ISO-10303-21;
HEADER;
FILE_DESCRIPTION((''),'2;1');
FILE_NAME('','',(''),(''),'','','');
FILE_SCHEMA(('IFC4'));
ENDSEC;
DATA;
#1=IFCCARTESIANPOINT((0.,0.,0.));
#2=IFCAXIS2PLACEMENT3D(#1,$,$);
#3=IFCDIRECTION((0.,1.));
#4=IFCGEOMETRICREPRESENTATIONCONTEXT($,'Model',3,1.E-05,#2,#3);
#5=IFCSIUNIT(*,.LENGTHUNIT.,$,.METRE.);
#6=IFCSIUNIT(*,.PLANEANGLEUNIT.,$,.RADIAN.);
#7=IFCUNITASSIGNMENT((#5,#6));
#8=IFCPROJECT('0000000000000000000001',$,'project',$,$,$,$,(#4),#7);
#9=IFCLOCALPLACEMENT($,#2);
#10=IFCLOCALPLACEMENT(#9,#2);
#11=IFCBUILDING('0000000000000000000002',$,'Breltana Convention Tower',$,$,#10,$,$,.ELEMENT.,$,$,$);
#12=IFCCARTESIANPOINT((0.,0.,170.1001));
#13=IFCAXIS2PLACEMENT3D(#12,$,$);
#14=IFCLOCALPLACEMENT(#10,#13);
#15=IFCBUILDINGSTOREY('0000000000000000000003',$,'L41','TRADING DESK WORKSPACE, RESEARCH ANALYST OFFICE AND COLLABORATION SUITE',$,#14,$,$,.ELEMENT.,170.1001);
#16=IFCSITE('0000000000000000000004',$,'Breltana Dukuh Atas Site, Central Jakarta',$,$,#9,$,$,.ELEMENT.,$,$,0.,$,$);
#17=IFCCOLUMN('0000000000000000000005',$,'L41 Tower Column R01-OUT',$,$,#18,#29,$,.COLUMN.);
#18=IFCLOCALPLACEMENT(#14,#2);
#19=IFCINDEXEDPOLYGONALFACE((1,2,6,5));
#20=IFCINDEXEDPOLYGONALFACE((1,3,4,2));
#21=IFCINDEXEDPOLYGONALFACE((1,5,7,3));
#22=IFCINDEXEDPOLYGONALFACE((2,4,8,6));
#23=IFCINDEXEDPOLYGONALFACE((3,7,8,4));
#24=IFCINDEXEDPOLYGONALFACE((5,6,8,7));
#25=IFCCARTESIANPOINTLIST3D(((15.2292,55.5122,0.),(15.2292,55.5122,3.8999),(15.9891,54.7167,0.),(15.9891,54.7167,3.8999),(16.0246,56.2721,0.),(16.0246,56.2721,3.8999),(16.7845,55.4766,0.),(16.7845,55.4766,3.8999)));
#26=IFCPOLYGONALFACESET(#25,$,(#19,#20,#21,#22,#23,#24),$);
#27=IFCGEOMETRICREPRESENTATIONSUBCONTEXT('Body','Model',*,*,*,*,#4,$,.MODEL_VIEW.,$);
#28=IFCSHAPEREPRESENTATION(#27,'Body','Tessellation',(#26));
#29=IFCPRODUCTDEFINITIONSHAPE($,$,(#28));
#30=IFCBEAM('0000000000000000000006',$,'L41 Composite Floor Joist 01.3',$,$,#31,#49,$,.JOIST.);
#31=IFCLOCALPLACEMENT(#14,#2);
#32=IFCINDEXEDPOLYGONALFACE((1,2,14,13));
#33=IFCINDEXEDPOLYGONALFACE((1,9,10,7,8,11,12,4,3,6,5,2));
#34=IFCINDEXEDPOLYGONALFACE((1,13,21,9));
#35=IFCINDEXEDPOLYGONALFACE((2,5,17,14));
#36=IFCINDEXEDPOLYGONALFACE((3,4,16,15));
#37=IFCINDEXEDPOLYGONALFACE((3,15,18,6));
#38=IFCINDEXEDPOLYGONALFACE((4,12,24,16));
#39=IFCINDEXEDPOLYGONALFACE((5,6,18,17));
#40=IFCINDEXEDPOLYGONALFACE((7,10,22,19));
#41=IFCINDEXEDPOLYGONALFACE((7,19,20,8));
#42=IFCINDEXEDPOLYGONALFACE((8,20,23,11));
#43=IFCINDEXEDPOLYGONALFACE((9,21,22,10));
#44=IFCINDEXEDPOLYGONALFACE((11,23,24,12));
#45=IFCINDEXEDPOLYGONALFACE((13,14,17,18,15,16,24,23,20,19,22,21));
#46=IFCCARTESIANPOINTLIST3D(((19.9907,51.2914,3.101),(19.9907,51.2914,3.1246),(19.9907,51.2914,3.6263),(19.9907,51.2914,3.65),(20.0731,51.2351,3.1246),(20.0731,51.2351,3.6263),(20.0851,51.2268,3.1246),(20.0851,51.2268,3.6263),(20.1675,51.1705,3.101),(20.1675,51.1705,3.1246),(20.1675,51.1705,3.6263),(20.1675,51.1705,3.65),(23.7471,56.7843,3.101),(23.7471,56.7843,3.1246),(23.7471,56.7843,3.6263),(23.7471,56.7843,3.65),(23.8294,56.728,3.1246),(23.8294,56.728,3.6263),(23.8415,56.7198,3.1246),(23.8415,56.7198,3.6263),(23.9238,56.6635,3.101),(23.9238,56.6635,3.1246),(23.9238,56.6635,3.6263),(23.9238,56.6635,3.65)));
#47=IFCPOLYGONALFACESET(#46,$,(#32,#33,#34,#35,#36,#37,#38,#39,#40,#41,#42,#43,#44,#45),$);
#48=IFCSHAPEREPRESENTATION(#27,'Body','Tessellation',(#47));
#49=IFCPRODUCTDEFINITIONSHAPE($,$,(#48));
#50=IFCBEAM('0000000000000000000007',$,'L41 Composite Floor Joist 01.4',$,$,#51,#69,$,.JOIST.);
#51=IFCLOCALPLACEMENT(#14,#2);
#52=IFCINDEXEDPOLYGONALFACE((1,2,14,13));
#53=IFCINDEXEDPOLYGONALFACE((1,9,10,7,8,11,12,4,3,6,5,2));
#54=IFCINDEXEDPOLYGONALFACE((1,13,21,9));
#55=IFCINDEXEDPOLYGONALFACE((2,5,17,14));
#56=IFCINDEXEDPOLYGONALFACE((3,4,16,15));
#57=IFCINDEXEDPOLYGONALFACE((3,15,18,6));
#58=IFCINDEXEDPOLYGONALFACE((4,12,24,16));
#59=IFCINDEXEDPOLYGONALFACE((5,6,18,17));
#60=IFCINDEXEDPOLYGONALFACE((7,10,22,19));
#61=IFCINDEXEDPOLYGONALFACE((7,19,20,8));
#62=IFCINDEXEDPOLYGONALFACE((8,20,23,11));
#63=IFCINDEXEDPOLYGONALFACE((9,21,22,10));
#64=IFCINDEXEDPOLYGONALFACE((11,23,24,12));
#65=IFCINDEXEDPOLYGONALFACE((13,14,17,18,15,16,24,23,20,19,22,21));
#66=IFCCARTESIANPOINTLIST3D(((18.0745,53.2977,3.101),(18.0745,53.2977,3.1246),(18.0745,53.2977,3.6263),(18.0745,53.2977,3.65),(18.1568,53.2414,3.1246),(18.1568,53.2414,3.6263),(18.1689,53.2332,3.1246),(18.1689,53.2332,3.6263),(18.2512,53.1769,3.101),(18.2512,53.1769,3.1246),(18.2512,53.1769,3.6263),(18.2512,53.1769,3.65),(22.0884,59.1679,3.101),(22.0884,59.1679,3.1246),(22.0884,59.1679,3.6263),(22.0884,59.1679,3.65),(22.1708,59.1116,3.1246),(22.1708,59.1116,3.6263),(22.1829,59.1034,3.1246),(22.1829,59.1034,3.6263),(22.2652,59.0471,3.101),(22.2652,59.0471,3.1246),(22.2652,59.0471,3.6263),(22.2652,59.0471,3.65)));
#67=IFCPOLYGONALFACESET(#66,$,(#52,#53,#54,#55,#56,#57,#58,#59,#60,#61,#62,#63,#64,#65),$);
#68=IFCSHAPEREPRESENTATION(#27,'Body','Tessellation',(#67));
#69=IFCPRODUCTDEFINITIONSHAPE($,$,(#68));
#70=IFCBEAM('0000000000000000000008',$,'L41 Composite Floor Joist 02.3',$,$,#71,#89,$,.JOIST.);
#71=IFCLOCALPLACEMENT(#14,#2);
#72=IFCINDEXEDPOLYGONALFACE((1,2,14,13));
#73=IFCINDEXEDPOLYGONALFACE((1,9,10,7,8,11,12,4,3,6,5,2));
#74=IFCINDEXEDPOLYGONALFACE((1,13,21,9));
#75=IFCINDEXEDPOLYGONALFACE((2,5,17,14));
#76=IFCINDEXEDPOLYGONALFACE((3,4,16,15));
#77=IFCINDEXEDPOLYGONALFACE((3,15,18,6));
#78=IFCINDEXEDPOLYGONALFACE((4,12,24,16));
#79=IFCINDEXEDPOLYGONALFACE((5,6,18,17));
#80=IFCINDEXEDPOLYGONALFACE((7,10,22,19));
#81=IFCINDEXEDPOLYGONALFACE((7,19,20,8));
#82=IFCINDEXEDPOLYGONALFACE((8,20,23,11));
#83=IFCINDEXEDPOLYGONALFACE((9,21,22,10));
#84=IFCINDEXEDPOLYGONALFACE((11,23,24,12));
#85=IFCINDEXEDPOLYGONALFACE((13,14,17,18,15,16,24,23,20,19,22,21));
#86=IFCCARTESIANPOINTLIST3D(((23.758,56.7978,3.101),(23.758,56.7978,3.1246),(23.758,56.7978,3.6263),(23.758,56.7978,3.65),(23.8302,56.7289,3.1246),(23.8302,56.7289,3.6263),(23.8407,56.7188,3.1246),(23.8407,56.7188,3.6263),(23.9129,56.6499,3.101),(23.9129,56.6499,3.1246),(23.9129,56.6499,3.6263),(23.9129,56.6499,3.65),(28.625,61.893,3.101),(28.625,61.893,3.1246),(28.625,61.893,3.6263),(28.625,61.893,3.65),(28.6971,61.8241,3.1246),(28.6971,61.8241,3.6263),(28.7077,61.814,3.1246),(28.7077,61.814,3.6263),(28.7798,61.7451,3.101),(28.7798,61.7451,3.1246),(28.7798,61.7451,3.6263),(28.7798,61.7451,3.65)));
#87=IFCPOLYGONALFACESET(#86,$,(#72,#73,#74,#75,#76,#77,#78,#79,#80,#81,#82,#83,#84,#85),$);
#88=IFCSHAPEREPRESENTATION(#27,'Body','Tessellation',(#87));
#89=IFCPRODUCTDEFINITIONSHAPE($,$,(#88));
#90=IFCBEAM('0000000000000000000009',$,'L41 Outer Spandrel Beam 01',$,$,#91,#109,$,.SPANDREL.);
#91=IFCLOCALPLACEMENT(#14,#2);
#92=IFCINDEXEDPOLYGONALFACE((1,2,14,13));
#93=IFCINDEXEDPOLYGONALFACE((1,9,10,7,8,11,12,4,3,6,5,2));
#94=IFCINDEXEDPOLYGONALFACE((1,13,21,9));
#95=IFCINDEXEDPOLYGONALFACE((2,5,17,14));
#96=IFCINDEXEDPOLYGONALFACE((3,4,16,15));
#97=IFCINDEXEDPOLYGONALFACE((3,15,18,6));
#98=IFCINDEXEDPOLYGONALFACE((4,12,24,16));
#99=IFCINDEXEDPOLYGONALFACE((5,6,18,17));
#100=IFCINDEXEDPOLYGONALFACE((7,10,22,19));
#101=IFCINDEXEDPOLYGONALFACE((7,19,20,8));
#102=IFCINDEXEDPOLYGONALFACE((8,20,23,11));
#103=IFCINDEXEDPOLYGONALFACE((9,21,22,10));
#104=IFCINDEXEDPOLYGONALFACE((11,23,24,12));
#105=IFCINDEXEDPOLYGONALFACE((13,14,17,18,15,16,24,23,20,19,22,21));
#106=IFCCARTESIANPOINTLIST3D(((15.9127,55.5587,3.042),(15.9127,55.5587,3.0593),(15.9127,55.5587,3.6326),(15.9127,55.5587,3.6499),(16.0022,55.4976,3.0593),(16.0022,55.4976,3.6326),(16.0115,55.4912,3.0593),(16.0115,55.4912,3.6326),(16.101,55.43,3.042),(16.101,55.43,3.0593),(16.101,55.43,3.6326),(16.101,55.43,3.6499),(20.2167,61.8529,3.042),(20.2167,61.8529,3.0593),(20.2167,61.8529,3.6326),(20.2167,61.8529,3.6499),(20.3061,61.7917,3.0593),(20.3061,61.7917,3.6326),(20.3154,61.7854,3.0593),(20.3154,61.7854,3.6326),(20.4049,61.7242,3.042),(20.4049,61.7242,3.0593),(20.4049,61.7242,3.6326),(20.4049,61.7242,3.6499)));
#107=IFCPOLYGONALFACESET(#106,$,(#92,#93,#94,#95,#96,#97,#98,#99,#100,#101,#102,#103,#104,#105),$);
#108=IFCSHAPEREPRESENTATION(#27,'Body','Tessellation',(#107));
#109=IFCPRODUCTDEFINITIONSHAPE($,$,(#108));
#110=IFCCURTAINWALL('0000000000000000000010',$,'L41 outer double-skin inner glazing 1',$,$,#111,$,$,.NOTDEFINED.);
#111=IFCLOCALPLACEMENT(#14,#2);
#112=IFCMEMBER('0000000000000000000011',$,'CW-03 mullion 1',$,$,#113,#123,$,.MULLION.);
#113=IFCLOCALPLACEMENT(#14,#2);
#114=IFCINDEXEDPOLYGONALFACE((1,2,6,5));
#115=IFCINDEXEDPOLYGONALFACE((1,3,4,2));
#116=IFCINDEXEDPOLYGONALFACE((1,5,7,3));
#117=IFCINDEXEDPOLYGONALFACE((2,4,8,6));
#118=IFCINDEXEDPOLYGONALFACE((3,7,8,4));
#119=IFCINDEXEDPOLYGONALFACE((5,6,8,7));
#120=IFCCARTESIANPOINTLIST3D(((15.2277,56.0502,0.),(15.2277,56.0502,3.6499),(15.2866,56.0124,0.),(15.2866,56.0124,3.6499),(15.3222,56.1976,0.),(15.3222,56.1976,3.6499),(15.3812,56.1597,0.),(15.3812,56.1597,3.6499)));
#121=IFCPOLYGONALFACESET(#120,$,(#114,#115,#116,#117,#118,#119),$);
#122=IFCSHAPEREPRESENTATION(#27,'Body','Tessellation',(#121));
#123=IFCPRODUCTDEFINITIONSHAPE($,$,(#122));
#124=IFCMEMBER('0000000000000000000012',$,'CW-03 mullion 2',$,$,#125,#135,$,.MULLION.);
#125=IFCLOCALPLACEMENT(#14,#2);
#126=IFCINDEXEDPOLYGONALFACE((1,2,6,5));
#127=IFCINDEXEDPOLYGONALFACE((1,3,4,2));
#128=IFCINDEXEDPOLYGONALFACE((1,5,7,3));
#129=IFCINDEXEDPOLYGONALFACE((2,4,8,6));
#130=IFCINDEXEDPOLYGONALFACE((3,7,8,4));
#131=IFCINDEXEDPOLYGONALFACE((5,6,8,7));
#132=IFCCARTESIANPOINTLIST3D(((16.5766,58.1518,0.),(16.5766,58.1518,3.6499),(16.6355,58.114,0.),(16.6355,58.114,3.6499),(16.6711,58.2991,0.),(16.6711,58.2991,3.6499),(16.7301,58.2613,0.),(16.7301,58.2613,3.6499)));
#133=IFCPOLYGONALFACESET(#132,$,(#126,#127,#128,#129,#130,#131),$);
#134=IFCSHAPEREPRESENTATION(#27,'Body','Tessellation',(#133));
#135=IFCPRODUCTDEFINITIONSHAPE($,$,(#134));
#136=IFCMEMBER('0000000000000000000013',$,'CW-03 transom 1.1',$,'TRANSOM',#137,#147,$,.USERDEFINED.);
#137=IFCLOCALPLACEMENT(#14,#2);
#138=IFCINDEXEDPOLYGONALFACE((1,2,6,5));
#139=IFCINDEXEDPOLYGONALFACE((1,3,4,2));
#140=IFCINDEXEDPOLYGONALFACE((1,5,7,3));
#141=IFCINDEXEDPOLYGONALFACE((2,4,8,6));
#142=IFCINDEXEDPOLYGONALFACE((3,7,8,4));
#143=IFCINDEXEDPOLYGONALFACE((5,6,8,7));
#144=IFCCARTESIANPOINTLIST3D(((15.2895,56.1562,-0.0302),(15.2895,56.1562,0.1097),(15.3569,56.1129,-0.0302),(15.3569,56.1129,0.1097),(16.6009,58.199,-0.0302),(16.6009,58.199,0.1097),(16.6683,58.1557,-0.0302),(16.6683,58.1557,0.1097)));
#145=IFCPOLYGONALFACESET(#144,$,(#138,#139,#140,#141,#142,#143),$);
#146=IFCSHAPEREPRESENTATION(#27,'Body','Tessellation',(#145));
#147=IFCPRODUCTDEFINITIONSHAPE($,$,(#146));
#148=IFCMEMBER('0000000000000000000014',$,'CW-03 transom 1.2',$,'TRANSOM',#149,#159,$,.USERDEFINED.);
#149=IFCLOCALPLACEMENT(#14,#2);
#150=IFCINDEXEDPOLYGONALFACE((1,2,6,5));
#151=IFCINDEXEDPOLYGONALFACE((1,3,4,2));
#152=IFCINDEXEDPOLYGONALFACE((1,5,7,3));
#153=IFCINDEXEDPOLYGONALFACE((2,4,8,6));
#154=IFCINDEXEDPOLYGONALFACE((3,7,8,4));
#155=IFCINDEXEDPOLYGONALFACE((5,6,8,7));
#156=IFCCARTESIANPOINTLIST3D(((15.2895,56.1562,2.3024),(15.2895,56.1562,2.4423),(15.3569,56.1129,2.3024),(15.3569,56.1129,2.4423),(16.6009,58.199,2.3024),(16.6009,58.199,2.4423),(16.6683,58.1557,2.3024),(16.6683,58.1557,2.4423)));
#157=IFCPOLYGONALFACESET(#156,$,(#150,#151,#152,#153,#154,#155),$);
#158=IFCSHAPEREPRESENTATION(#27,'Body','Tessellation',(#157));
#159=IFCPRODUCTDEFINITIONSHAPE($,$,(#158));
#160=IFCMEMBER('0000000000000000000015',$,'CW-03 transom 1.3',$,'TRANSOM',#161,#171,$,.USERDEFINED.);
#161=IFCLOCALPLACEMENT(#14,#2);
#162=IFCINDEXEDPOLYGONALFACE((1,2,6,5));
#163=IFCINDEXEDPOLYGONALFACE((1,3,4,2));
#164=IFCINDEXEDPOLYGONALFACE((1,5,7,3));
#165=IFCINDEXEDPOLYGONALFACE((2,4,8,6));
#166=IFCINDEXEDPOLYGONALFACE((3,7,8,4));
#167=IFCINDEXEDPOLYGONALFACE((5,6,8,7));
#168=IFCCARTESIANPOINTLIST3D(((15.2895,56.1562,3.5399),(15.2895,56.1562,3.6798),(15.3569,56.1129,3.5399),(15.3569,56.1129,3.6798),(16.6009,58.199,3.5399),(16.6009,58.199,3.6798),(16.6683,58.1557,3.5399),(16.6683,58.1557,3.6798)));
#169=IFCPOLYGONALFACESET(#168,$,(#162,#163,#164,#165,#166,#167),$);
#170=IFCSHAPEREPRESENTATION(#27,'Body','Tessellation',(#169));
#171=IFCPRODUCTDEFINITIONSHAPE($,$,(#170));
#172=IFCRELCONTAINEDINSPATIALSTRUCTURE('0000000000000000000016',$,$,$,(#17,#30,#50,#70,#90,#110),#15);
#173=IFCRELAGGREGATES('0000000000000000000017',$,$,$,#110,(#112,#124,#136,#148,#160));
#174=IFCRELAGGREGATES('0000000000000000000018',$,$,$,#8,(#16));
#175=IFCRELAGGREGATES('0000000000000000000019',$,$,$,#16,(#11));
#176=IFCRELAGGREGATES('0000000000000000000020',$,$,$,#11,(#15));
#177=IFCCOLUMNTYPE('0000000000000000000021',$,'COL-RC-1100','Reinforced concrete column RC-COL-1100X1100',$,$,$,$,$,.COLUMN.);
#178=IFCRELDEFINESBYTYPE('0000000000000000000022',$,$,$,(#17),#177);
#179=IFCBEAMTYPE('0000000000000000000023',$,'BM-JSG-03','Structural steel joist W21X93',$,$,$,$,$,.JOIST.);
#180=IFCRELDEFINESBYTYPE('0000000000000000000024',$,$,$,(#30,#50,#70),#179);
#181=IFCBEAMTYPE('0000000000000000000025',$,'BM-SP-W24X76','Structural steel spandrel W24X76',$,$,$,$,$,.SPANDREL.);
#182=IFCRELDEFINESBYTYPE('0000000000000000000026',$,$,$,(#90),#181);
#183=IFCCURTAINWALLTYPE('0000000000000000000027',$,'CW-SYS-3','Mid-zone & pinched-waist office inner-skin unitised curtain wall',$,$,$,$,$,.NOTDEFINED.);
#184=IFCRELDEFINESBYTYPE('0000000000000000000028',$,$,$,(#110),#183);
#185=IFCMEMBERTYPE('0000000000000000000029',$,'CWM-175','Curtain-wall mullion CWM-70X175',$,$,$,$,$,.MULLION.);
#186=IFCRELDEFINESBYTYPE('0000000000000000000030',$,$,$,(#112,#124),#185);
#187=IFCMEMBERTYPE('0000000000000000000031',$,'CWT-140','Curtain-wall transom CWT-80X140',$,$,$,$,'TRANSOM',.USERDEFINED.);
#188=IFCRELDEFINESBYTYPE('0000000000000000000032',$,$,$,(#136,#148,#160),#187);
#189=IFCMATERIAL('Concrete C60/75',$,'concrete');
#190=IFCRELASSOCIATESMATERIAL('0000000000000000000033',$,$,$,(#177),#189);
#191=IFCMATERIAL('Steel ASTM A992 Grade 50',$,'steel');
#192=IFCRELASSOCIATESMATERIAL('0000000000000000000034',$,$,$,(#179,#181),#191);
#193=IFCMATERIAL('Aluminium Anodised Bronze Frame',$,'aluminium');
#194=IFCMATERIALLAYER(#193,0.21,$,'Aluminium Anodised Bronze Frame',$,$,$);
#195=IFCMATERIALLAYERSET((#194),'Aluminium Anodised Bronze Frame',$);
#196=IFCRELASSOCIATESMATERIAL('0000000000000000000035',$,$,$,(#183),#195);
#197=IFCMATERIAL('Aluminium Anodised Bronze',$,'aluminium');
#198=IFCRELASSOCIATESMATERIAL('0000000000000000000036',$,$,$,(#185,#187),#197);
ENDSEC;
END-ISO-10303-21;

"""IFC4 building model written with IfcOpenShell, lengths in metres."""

from ifc_helpers import new_model, si_unit, direction, frame, origin, origin_2d, place, context, subcontext, project, spatial, rectangle, i_section, extrude, source, transform, mapped, material, layer, layer_set, material_profile, profile_set, type_object, type_shapes, element, aggregate, save


model = new_model("IFC4")

# Units and contexts
model_context = context("Model", 3, precision=1e-05, world=origin(), true_north=direction((0.0, 1.0)))
body_context = subcontext(model_context, "Body", "Model", "MODEL_VIEW")
ifc_project = project(units=[si_unit("LENGTHUNIT", "METRE"), si_unit("PLANEANGLEUNIT", "RADIAN")], contexts=[model_context])

# Site, building, storey
site_placement = place(None, origin())
site = spatial("IfcSite", under=ifc_project, at=site_placement, Name="Breltana Dukuh Atas Site, Central Jakarta", CompositionType="ELEMENT", RefElevation=0.0)
building_placement = place(site_placement, origin())
building = spatial("IfcBuilding", under=site, at=building_placement, Name="Breltana Convention Tower", CompositionType="ELEMENT")
storey_placement = place(building_placement, frame((0.0, 0.0, 170.1001)))
storey = spatial("IfcBuildingStorey", under=building, at=storey_placement, Name="L41", Description="TRADING DESK WORKSPACE, RESEARCH ANALYST OFFICE AND COLLABORATION SUITE", CompositionType="ELEMENT", Elevation=170.1001)

# Column
ifc_material_1 = material(Name="Concrete C60/75", Category="concrete")
ifc_material_profile_1 = material_profile(ifc_material_1, rectangle(XDim=1.1001, YDim=1.1001, at=origin_2d()), Name="RC-COL-1100X1100")
ifc_profile_set_1 = profile_set([ifc_material_profile_1], Name="Concrete C60/75")
column_type = type_object("IfcColumnType", Name="COL-RC-1100", Description="Reinforced concrete column RC-COL-1100X1100", PredefinedType="COLUMN", material=ifc_profile_set_1)
shared_shape_1 = source(origin(), body_context, "Body", "SweptSolid", [
    extrude(rectangle(XDim=1.1001, YDim=1.1001, at=origin_2d()), origin(), (0.0, 0.0, 1.0), 3.8999),
])
column_placement = place(storey_placement, frame((16.0068, 55.4944, 0.0), z_axis=(0.0, 0.0, 1.0), x_axis=(-0.690756, 0.723088, 0.0)))
element("IfcColumn", 1, at=column_placement, inside=storey, type_object=column_type, Name="L41 Tower Column R01-OUT", PredefinedType="COLUMN", context=body_context, shape_type="MappedRepresentation", body=[
    mapped(shared_shape_1, transform((0.0, 0.0, 0.0), scale=1.0)),
])

# Beams
ifc_material_2 = material(Name="Steel ASTM A992 Grade 50", Category="steel")
ifc_material_profile_2 = material_profile(ifc_material_2, i_section(OverallWidth=0.2141, OverallDepth=0.5491, WebThickness=0.0146, FlangeThickness=0.0237, at=origin_2d()), Name="W21X93")
ifc_profile_set_2 = profile_set([ifc_material_profile_2], Name="Steel ASTM A992 Grade 50")
beam_type_1 = type_object("IfcBeamType", Name="BM-JSG-03", Description="Structural steel joist W21X93", PredefinedType="JOIST", material=ifc_profile_set_2)
shared_shape_2 = source(origin(), body_context, "Body", "SweptSolid", [
    extrude(i_section(OverallWidth=0.2141, OverallDepth=0.5491, WebThickness=0.0146, FlangeThickness=0.0237, at=origin_2d()), origin(), (0.0, 0.0, 1.0), 6.6545),
])
beam_1_placement = place(storey_placement, frame((20.0791, 51.231, 3.3755), z_axis=(0.564483, 0.825445, 0.0), x_axis=(-0.825445, 0.564483, 0.0)))
element("IfcBeam", 2, at=beam_1_placement, inside=storey, type_object=beam_type_1, Name="L41 Composite Floor Joist 01.3", PredefinedType="JOIST", context=body_context, shape_type="MappedRepresentation", body=[
    mapped(shared_shape_2, transform((0.0, 0.0, 0.0), scale=1.0)),
])
shared_shape_3 = source(origin(), body_context, "Body", "SweptSolid", [
    extrude(i_section(OverallWidth=0.2141, OverallDepth=0.5491, WebThickness=0.0146, FlangeThickness=0.0237, at=origin_2d()), origin(), (0.0, 0.0, 1.0), 7.1113),
])
beam_2_placement = place(storey_placement, frame((18.1628, 53.2373, 3.3755), z_axis=(0.564446, 0.82547, 0.0), x_axis=(-0.82547, 0.564446, 0.0)))
element("IfcBeam", 3, at=beam_2_placement, inside=storey, type_object=beam_type_1, Name="L41 Composite Floor Joist 01.4", PredefinedType="JOIST", context=body_context, shape_type="MappedRepresentation", body=[
    mapped(shared_shape_3, transform((0.0, 0.0, 0.0), scale=1.0)),
])
shared_shape_4 = source(origin(), body_context, "Body", "SweptSolid", [
    extrude(i_section(OverallWidth=0.2141, OverallDepth=0.5491, WebThickness=0.0146, FlangeThickness=0.0237, at=origin_2d()), origin(), (0.0, 0.0, 1.0), 7.0461),
])
beam_3_placement = place(storey_placement, frame((23.8354, 56.7239, 3.3755), z_axis=(0.690723, 0.72312, 0.0), x_axis=(-0.72312, 0.690723, 0.0)))
element("IfcBeam", 4, at=beam_3_placement, inside=storey, type_object=beam_type_1, Name="L41 Composite Floor Joist 02.3", PredefinedType="JOIST", context=body_context, shape_type="MappedRepresentation", body=[
    mapped(shared_shape_4, transform((0.0, 0.0, 0.0), scale=1.0)),
])
ifc_material_profile_3 = material_profile(ifc_material_2, i_section(OverallWidth=0.228, OverallDepth=0.6079, WebThickness=0.0112, FlangeThickness=0.0173, at=origin_2d()), Name="W24X76")
ifc_profile_set_3 = profile_set([ifc_material_profile_3], Name="Steel ASTM A992 Grade 50")
beam_type_2 = type_object("IfcBeamType", Name="BM-SP-W24X76", Description="Structural steel spandrel W24X76", PredefinedType="SPANDREL", material=ifc_profile_set_3)
shared_shape_5 = source(origin(), body_context, "Body", "SweptSolid", [
    extrude(i_section(OverallWidth=0.228, OverallDepth=0.6079, WebThickness=0.0112, FlangeThickness=0.0173, at=origin_2d()), origin(), (0.0, 0.0, 1.0), 7.625),
])
type_shapes(beam_type_2, [shared_shape_5])
beam_4_placement = place(storey_placement, frame((16.0068, 55.4944, 3.3459), z_axis=(0.564452, 0.825466, 0.0), x_axis=(-0.825466, 0.564452, 0.0)))
element("IfcBeam", 5, at=beam_4_placement, inside=storey, type_object=beam_type_2, Name="L41 Outer Spandrel Beam 01", PredefinedType="SPANDREL", context=body_context, shape_type="MappedRepresentation", body=[
    mapped(shared_shape_5, transform((0.0, 0.0, 0.0), scale=1.0)),
])

# Curtain wall, members
ifc_material_3 = material(Name="Aluminium Anodised Bronze Frame", Category="aluminium")
ifc_layer_1 = layer(ifc_material_3, 0.21, Name="Aluminium Anodised Bronze Frame")
ifc_layer_set_1 = layer_set([ifc_layer_1], Name="Aluminium Anodised Bronze Frame")
curtain_wall_type = type_object("IfcCurtainWallType", Name="CW-SYS-3", Description="Mid-zone & pinched-waist office inner-skin unitised curtain wall", PredefinedType="NOTDEFINED", material=ifc_layer_set_1)
curtain_wall_placement = place(storey_placement, origin())
curtain_wall = element("IfcCurtainWall", 6, at=curtain_wall_placement, inside=storey, type_object=curtain_wall_type, Name="L41 outer double-skin inner glazing 1", PredefinedType="NOTDEFINED")
ifc_material_4 = material(Name="Aluminium Anodised Bronze", Category="aluminium")
ifc_material_profile_4 = material_profile(ifc_material_4, rectangle(XDim=0.0701, YDim=0.175, at=origin_2d()), Name="CWM-70X175")
ifc_profile_set_4 = profile_set([ifc_material_profile_4], Name="Aluminium Anodised Bronze")
member_type_1 = type_object("IfcMemberType", Name="CWM-175", Description="Curtain-wall mullion CWM-70X175", PredefinedType="MULLION", material=ifc_profile_set_4)
shared_shape_6 = source(origin(), body_context, "Body", "SweptSolid", [
    extrude(rectangle(XDim=0.0701, YDim=0.175, at=origin_2d()), origin(), (0.0, 0.0, 1.0), 3.6499),
])
member_1_placement = place(storey_placement, frame((15.3044, 56.105, 0.0), z_axis=(0.0, 0.0, 1.0), x_axis=(-0.841554, 0.540173, 0.0)))
member_1 = element("IfcMember", 7, at=member_1_placement, type_object=member_type_1, Name="CW-03 mullion 1", PredefinedType="MULLION", context=body_context, shape_type="MappedRepresentation", body=[
    mapped(shared_shape_6, transform((0.0, 0.0, 0.0), scale=1.0)),
])
member_2_placement = place(storey_placement, frame((16.6533, 58.2065, 0.0), z_axis=(0.0, 0.0, 1.0), x_axis=(-0.841554, 0.540173, 0.0)))
member_2 = element("IfcMember", 8, at=member_2_placement, type_object=member_type_1, Name="CW-03 mullion 2", PredefinedType="MULLION", context=body_context, shape_type="MappedRepresentation", body=[
    mapped(shared_shape_6, transform((0.0, 0.0, 0.0), scale=1.0)),
])
ifc_material_profile_5 = material_profile(ifc_material_4, rectangle(XDim=0.0801, YDim=0.1399, at=origin_2d()), Name="CWT-80X140")
ifc_profile_set_5 = profile_set([ifc_material_profile_5], Name="Aluminium Anodised Bronze")
member_type_2 = type_object("IfcMemberType", Name="CWT-140", Description="Curtain-wall transom CWT-80X140", ElementType="TRANSOM", PredefinedType="USERDEFINED", material=ifc_profile_set_5)
shared_shape_7 = source(origin(), body_context, "Body", "SweptSolid", [
    extrude(rectangle(XDim=0.0801, YDim=0.1399, at=origin_2d()), origin(), (0.0, 0.0, 1.0), 2.4275),
])
member_3_placement = place(storey_placement, frame((15.3232, 56.1345, 0.0398), z_axis=(0.540203, 0.841534, 0.0), x_axis=(-0.841534, 0.540203, 0.0)))
member_3 = element("IfcMember", 9, at=member_3_placement, type_object=member_type_2, Name="CW-03 transom 1.1", ObjectType="TRANSOM", PredefinedType="USERDEFINED", context=body_context, shape_type="MappedRepresentation", body=[
    mapped(shared_shape_7, transform((0.0, 0.0, 0.0), scale=1.0)),
])
member_4_placement = place(storey_placement, frame((15.3232, 56.1345, 2.3723), z_axis=(0.540203, 0.841534, 0.0), x_axis=(-0.841534, 0.540203, 0.0)))
member_4 = element("IfcMember", 10, at=member_4_placement, type_object=member_type_2, Name="CW-03 transom 1.2", ObjectType="TRANSOM", PredefinedType="USERDEFINED", context=body_context, shape_type="MappedRepresentation", body=[
    mapped(shared_shape_7, transform((0.0, 0.0, 0.0), scale=1.0)),
])
member_5_placement = place(storey_placement, frame((15.3232, 56.1345, 3.6099), z_axis=(0.540203, 0.841534, 0.0), x_axis=(-0.841534, 0.540203, 0.0)))
member_5 = element("IfcMember", 11, at=member_5_placement, type_object=member_type_2, Name="CW-03 transom 1.3", ObjectType="TRANSOM", PredefinedType="USERDEFINED", context=body_context, shape_type="MappedRepresentation", body=[
    mapped(shared_shape_7, transform((0.0, 0.0, 0.0), scale=1.0)),
])
aggregate(curtain_wall, [member_1, member_2, member_3, member_4, member_5])

save(model, "model.ifc")
